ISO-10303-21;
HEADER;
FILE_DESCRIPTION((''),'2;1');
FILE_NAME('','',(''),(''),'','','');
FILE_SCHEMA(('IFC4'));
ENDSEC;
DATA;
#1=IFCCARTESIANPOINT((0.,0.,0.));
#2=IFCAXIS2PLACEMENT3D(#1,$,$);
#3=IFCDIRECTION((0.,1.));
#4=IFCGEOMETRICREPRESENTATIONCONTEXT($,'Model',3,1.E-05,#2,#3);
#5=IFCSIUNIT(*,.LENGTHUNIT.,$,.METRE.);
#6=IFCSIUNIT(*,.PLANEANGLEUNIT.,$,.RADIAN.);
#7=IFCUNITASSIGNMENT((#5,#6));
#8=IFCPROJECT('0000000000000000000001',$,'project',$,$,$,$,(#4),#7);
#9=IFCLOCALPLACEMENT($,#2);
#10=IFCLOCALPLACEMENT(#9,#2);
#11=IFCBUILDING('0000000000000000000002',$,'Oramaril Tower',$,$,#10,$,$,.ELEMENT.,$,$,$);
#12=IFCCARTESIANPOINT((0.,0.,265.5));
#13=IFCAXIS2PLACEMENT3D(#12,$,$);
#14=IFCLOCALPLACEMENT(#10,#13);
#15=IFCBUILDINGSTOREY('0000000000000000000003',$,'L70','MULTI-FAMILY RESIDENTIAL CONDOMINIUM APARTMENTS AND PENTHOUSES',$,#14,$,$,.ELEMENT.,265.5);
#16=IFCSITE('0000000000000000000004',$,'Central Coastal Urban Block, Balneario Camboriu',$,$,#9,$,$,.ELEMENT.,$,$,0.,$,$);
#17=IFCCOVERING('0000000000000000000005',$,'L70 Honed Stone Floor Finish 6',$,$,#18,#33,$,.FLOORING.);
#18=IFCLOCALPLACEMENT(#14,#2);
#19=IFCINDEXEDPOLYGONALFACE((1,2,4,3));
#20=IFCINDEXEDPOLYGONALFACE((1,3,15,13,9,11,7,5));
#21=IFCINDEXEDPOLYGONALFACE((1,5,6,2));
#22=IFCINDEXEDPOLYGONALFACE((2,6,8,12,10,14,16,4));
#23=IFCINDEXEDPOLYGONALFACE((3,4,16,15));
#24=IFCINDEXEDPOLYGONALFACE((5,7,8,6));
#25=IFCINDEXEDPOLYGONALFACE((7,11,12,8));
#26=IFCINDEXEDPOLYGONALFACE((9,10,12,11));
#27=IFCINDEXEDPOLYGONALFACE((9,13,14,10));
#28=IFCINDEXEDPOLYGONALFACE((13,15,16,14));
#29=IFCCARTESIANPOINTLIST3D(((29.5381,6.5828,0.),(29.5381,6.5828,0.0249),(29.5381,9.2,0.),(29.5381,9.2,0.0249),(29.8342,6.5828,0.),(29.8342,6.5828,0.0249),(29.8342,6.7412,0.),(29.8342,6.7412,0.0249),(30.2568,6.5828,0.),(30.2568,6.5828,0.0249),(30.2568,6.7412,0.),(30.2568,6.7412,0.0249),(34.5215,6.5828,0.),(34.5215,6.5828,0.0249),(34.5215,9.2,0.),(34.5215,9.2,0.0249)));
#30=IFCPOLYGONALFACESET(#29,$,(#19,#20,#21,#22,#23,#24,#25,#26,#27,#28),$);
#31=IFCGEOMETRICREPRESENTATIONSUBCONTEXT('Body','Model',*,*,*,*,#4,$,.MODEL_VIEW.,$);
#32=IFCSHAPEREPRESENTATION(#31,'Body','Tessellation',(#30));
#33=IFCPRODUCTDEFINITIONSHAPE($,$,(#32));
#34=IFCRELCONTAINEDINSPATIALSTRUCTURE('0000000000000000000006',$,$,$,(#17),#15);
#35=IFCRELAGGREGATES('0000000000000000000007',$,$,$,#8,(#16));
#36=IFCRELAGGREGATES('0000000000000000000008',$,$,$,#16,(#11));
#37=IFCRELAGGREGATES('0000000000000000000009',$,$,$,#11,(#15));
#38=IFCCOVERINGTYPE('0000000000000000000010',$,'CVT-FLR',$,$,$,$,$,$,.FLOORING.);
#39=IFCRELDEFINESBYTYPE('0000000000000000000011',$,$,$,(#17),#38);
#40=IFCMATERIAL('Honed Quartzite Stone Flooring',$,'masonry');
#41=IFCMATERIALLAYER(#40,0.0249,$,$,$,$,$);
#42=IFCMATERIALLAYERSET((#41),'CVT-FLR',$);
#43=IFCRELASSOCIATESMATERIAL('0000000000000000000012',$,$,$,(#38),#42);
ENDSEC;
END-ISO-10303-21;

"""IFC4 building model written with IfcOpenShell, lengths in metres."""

from ifc_helpers import new_model, si_unit, direction, frame, origin, place, context, subcontext, project, spatial, polyline, outline, extrude, material, layer, layer_set, type_object, element, save


model = new_model("IFC4")

# Units and contexts
model_context = context("Model", 3, precision=1e-05, world=origin(), true_north=direction((0.0, 1.0)))
body_context = subcontext(model_context, "Body", "Model", "MODEL_VIEW")
ifc_project = project(units=[si_unit("LENGTHUNIT", "METRE"), si_unit("PLANEANGLEUNIT", "RADIAN")], contexts=[model_context])

# Site, building, storey
site_placement = place(None, origin())
site = spatial("IfcSite", under=ifc_project, at=site_placement, Name="Central Coastal Urban Block, Balneario Camboriu", CompositionType="ELEMENT", RefElevation=0.0)
building_placement = place(site_placement, origin())
building = spatial("IfcBuilding", under=site, at=building_placement, Name="Oramaril Tower", CompositionType="ELEMENT")
storey_placement = place(building_placement, frame((0.0, 0.0, 265.5)))
storey = spatial("IfcBuildingStorey", under=building, at=storey_placement, Name="L70", Description="MULTI-FAMILY RESIDENTIAL CONDOMINIUM APARTMENTS AND PENTHOUSES", CompositionType="ELEMENT", Elevation=265.5)

# Covering
ifc_material_1 = material(Name="Honed Quartzite Stone Flooring", Category="masonry")
ifc_layer_1 = layer(ifc_material_1, 0.0249)
ifc_layer_set_1 = layer_set([ifc_layer_1], Name="CVT-FLR")
covering_type_1 = type_object("IfcCoveringType", Name="CVT-FLR", PredefinedType="FLOORING", material=ifc_layer_set_1)
covering_1_placement = place(storey_placement, origin())
element("IfcCovering", 1, at=covering_1_placement, inside=storey, type_object=covering_type_1, Name="L70 Honed Stone Floor Finish 6", PredefinedType="FLOORING", context=body_context, shape_type="SweptSolid", body=[
    extrude(outline(polyline([(30.2568, 6.7412), (29.8342, 6.7412), (29.8342, 6.5828), (29.5381, 6.5828), (29.5381, 9.2), (34.5215, 9.2), (34.5215, 6.5828), (30.2568, 6.5828), (30.2568, 6.7412)])), origin(), (0.0, 0.0, 1.0), 0.0249),
])

save(model, "model.ifc")
